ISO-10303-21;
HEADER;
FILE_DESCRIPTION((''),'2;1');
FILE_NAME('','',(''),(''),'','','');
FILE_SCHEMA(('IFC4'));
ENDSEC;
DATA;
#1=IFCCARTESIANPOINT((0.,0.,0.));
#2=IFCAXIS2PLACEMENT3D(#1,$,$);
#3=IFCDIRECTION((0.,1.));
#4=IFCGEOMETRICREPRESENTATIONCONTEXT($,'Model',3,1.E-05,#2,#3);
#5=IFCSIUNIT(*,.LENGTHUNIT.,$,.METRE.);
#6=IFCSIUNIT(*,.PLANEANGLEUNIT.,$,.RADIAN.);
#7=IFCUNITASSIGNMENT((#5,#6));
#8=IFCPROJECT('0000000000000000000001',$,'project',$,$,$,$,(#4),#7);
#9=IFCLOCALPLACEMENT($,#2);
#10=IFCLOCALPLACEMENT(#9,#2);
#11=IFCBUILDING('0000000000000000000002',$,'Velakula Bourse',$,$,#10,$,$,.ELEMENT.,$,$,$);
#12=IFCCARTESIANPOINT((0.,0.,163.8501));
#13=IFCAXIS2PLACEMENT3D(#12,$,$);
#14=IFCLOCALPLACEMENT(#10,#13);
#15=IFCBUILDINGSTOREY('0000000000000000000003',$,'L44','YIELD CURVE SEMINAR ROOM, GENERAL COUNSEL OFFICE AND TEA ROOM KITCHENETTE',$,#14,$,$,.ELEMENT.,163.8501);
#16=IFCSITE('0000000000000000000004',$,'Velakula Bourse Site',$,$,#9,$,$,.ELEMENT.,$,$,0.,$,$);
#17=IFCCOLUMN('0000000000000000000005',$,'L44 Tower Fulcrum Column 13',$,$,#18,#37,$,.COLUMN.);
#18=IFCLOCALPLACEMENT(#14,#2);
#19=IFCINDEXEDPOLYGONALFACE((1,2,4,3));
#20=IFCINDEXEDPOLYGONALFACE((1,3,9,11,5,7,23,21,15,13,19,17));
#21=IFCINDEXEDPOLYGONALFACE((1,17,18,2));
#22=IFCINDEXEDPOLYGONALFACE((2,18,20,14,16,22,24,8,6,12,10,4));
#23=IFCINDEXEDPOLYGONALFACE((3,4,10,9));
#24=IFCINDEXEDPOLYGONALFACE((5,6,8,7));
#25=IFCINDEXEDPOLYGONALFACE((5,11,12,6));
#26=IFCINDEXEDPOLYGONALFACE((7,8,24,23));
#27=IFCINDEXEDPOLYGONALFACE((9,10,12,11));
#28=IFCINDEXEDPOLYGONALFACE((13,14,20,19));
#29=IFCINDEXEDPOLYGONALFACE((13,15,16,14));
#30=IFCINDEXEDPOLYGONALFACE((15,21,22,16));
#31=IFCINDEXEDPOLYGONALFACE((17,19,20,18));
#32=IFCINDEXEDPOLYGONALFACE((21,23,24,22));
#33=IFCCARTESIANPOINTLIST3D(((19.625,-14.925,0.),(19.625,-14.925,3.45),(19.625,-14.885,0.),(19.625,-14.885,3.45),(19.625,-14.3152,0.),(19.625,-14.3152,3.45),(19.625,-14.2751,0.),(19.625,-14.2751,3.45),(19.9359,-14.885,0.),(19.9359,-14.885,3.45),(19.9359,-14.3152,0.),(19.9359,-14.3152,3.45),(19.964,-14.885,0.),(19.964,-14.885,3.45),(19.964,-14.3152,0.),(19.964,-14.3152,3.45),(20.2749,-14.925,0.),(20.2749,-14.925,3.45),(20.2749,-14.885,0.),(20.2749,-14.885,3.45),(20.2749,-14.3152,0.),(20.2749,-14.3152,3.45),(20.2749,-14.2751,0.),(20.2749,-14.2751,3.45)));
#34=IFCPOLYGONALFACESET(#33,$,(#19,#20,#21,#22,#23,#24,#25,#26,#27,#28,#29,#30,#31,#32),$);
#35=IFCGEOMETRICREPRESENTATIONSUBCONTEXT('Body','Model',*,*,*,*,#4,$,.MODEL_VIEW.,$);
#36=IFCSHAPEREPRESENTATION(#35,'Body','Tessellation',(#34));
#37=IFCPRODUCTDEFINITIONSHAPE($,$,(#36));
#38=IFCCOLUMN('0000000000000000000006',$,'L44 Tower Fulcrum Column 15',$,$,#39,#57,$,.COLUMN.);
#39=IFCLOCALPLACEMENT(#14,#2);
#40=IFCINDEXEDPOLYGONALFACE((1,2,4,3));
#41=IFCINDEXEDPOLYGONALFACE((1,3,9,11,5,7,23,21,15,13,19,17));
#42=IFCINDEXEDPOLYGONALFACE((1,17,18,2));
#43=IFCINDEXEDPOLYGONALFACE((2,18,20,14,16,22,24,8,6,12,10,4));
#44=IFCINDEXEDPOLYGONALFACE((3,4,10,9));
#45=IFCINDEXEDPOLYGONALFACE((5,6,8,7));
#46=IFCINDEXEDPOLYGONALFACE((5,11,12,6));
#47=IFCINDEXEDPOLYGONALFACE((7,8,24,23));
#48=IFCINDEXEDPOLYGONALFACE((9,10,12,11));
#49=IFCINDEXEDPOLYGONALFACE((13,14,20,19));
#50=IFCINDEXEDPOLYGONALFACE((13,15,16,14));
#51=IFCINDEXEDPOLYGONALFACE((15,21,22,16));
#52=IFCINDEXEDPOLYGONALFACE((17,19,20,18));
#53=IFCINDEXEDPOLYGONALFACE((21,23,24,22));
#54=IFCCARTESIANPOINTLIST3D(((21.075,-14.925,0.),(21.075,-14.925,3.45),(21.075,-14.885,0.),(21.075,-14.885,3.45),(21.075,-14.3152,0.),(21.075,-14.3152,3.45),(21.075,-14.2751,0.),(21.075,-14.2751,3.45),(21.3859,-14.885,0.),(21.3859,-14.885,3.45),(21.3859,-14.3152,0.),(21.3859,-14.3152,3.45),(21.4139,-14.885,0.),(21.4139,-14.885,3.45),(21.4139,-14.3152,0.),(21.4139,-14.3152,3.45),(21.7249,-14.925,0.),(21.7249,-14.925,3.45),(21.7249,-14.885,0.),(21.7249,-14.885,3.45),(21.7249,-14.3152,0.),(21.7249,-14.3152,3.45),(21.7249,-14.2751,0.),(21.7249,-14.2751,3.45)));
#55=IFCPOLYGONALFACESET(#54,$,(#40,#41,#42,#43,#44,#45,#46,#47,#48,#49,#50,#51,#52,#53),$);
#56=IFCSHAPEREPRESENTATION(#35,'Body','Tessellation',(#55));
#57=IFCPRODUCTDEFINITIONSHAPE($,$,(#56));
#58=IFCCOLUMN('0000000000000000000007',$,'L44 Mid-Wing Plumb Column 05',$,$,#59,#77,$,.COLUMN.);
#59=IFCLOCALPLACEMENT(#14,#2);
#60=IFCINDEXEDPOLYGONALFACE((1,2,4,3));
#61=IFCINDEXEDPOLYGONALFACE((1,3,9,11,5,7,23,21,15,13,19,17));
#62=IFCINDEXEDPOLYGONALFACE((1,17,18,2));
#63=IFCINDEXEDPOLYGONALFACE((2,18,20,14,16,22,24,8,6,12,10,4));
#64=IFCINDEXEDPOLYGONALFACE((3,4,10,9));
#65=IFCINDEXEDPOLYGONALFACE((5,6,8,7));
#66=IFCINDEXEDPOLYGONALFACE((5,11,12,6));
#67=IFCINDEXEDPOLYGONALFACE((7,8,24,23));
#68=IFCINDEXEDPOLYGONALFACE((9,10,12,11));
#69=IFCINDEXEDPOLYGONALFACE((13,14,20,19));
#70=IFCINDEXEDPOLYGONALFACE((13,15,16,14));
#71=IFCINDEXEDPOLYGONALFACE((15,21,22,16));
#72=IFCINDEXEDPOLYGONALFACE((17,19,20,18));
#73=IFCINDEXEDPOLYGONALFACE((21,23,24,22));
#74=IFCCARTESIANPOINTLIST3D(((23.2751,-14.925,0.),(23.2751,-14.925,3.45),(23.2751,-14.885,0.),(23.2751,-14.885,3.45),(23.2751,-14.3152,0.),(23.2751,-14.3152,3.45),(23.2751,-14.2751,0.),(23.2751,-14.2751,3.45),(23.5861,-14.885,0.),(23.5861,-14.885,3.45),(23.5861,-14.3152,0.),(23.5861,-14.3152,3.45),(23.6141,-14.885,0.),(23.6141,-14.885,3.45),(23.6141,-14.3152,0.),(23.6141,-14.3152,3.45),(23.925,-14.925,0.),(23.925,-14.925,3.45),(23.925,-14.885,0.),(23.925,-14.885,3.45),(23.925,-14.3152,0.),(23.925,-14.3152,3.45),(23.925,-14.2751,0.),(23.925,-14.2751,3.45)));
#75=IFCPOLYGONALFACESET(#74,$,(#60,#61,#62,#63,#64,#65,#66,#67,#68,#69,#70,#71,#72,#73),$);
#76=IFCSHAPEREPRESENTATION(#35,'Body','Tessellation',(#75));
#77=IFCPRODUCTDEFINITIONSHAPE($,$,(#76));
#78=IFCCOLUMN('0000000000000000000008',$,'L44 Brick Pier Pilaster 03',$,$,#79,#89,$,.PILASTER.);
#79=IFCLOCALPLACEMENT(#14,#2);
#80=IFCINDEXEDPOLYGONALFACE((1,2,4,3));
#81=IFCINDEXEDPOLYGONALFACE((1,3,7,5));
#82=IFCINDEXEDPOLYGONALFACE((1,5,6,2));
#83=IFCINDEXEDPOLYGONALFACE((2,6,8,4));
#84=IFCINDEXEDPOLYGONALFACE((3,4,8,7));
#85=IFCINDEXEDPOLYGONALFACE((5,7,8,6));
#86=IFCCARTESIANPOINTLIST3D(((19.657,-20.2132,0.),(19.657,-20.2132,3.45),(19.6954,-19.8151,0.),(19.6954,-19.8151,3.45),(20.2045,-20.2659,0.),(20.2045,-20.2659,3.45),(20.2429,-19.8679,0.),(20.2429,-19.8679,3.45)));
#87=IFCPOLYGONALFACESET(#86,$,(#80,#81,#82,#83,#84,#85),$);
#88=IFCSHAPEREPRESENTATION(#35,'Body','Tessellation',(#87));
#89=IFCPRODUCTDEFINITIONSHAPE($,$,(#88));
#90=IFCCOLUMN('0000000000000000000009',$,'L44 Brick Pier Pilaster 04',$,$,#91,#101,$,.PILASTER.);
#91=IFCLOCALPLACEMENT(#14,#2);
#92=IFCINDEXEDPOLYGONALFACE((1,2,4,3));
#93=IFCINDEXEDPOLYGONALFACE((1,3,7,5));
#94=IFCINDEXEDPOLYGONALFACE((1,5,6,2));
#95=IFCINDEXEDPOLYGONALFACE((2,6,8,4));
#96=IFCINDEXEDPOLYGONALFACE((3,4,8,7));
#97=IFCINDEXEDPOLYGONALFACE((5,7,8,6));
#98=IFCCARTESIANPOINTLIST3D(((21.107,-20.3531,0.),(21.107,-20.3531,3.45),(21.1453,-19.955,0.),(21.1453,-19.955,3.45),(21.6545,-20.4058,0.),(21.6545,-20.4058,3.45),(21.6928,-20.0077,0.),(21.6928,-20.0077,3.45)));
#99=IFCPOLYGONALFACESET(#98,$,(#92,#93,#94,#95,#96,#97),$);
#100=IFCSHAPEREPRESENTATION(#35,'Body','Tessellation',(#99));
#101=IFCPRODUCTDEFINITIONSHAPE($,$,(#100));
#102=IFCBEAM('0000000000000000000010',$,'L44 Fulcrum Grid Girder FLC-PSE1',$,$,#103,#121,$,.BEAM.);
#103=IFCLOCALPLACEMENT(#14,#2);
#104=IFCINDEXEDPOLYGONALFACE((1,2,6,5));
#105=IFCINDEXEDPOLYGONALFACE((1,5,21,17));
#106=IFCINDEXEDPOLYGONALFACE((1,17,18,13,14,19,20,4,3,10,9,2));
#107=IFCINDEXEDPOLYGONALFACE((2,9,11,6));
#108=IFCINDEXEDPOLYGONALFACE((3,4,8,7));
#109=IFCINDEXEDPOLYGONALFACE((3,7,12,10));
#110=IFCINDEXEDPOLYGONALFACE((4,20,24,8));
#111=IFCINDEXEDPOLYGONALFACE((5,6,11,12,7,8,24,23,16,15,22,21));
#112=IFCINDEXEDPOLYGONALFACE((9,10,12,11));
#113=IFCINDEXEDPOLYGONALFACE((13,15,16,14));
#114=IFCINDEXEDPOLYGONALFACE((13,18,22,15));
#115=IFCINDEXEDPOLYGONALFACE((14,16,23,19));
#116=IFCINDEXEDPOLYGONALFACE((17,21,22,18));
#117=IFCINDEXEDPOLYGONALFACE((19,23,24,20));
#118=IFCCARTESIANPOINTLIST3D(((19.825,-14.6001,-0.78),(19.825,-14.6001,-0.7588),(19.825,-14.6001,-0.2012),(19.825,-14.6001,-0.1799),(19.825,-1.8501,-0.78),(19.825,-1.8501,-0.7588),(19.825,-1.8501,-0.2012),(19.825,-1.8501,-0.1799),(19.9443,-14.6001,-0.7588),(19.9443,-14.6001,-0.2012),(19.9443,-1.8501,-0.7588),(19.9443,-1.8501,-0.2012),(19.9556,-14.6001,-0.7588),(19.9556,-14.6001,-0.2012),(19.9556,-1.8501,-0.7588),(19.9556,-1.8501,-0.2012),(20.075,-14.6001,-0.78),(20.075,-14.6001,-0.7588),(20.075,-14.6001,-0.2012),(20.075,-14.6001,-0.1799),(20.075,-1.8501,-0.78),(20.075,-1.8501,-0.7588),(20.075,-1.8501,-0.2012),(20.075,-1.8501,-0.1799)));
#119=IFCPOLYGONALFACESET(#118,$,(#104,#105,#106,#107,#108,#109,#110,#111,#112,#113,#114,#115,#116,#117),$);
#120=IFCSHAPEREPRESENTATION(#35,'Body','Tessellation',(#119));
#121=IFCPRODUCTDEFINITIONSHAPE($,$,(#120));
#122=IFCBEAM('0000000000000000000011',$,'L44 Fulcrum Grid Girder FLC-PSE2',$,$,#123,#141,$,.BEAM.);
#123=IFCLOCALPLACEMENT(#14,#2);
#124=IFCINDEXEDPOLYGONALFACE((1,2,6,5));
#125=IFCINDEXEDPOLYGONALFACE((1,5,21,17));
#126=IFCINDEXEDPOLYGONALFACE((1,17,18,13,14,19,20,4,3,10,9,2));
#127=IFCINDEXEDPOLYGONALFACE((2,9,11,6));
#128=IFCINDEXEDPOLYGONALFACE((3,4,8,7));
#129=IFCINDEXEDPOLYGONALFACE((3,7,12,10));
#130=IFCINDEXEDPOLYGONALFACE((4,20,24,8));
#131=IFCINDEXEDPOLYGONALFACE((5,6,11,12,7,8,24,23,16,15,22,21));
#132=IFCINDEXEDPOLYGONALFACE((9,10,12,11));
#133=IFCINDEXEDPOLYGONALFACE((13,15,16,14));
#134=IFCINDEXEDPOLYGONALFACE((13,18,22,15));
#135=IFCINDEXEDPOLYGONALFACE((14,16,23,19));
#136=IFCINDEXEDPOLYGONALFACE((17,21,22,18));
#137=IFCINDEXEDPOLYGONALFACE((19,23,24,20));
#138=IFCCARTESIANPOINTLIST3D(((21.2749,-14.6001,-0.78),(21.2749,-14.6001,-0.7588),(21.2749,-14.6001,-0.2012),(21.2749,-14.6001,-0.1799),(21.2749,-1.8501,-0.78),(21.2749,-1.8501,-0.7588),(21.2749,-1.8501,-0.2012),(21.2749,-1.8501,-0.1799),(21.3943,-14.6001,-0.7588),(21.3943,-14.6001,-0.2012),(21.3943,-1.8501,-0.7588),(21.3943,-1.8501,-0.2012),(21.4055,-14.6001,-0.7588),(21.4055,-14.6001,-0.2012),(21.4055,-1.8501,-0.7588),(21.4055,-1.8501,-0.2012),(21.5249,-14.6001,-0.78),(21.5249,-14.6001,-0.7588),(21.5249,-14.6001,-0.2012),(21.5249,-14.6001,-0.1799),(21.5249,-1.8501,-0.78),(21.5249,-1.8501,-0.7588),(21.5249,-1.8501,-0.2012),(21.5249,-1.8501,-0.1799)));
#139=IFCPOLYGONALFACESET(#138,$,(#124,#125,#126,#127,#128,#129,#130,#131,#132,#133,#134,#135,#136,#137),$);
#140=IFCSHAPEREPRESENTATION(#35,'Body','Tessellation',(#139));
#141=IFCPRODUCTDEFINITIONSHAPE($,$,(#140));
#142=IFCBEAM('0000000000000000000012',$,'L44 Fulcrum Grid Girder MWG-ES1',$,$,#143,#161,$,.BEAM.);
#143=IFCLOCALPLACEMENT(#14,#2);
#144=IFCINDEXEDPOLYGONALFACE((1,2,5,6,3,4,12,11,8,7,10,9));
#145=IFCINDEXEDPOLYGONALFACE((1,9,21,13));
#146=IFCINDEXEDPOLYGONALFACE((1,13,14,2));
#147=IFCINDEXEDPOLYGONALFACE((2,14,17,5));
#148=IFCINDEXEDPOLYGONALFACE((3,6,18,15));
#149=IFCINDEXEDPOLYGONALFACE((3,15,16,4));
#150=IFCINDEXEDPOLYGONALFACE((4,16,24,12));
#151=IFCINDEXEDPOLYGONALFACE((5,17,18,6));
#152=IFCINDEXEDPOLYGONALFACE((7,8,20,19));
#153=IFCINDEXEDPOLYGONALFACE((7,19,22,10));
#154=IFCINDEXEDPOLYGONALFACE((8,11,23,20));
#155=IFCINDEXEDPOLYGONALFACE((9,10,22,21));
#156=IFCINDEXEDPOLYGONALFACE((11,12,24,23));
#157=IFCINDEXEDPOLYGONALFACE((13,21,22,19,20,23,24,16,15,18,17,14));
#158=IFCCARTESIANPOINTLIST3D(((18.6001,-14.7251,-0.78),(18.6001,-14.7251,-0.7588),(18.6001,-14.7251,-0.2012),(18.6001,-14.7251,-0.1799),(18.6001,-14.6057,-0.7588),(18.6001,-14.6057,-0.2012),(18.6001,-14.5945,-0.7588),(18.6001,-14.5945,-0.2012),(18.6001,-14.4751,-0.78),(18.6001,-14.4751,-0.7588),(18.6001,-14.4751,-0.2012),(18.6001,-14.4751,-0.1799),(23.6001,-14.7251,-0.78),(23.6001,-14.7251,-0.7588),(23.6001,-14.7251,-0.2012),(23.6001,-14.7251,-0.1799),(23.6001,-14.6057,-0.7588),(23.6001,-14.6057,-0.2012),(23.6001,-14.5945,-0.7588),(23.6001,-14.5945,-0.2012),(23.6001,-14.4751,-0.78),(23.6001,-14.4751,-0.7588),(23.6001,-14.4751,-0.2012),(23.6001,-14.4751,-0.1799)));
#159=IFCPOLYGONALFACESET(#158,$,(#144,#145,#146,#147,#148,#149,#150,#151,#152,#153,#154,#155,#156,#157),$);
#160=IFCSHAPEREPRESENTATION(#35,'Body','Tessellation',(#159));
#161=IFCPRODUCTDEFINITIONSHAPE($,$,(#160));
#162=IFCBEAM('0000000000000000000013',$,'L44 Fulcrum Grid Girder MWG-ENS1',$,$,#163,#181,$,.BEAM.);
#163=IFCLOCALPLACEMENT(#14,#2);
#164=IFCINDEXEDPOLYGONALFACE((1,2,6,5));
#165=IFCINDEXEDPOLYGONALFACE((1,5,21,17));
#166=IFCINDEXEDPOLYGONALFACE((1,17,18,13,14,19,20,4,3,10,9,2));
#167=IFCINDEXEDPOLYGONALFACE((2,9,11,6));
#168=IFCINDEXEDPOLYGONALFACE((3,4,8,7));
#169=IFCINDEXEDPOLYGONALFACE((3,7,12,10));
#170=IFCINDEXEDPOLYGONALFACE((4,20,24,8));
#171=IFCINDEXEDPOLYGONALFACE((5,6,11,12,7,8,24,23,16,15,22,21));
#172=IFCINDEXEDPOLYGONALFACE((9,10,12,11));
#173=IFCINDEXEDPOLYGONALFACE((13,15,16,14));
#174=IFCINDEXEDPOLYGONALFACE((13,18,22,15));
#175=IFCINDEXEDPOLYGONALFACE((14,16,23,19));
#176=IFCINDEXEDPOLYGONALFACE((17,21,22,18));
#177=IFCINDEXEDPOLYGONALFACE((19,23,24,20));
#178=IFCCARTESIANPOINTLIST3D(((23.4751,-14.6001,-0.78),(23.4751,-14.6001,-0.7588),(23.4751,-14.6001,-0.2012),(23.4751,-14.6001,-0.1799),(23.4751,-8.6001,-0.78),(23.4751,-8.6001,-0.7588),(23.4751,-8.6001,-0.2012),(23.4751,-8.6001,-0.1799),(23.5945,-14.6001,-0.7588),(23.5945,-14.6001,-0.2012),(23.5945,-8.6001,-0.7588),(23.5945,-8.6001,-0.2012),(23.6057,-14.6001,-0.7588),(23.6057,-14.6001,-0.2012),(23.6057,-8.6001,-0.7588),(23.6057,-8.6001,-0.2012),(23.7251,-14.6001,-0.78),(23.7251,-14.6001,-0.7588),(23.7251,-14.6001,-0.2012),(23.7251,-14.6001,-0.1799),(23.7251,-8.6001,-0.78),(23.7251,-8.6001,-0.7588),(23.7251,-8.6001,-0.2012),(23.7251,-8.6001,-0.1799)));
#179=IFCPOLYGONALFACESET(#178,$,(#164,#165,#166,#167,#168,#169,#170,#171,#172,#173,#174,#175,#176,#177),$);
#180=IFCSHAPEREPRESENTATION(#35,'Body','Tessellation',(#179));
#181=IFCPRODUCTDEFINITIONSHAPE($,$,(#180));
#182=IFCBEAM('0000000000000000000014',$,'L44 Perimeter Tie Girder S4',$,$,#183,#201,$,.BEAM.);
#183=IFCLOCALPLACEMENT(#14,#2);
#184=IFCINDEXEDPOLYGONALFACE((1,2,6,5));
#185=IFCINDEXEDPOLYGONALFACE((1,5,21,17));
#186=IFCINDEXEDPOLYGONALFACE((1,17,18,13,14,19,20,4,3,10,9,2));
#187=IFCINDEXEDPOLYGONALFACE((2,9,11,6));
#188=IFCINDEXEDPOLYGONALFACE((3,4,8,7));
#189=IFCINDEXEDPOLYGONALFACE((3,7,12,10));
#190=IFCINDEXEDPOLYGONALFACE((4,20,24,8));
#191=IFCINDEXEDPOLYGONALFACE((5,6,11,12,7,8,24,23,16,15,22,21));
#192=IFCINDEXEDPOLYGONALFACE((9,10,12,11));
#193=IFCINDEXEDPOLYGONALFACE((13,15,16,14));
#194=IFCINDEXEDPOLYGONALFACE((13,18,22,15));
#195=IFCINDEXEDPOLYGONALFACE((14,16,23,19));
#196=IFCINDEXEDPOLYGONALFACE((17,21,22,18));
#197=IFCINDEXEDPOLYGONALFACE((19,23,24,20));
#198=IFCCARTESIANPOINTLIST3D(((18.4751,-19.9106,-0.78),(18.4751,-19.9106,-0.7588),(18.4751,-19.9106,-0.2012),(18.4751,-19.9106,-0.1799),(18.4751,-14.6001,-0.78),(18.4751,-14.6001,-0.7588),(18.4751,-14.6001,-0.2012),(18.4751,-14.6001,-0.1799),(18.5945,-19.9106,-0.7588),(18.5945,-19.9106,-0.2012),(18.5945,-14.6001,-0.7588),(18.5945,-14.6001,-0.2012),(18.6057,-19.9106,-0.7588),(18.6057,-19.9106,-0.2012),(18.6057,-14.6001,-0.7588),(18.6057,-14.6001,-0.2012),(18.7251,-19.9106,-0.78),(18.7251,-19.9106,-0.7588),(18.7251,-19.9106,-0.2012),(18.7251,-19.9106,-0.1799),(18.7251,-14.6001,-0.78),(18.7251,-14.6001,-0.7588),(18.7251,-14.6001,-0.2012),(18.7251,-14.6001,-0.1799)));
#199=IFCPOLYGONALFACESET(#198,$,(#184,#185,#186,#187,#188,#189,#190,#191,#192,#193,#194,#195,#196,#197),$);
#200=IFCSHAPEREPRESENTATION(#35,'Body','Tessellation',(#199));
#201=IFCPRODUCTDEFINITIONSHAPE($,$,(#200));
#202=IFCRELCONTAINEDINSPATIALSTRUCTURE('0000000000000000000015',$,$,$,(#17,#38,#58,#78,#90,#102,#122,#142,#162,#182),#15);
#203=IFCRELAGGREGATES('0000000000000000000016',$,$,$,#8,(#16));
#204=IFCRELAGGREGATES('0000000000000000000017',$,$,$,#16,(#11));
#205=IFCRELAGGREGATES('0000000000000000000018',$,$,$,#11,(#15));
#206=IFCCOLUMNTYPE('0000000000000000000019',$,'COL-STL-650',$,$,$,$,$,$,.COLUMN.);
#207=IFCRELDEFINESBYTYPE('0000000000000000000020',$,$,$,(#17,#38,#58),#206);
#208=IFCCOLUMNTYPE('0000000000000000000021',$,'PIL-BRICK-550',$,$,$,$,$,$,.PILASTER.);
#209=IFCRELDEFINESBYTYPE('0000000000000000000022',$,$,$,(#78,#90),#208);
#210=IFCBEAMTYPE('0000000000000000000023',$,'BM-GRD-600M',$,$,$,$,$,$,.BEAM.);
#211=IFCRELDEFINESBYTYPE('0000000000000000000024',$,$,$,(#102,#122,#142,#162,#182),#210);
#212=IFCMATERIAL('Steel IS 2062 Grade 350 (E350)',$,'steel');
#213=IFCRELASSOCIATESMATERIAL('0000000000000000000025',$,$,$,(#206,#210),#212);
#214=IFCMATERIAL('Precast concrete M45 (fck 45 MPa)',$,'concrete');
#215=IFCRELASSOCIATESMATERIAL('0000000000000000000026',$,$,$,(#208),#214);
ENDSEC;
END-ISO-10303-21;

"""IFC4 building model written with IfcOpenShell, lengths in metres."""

from ifc_helpers import new_model, si_unit, direction, frame, origin, origin_2d, place, context, subcontext, project, spatial, rectangle, i_section, extrude, material, material_profile, profile_set, type_object, element, save


model = new_model("IFC4")

# Units and contexts
model_context = context("Model", 3, precision=1e-05, world=origin(), true_north=direction((0.0, 1.0)))
body_context = subcontext(model_context, "Body", "Model", "MODEL_VIEW")
ifc_project = project(units=[si_unit("LENGTHUNIT", "METRE"), si_unit("PLANEANGLEUNIT", "RADIAN")], contexts=[model_context])

# Site, building, storey
site_placement = place(None, origin())
site = spatial("IfcSite", under=ifc_project, at=site_placement, Name="Velakula Bourse Site", CompositionType="ELEMENT", RefElevation=0.0)
building_placement = place(site_placement, origin())
building = spatial("IfcBuilding", under=site, at=building_placement, Name="Velakula Bourse", CompositionType="ELEMENT")
storey_placement = place(building_placement, frame((0.0, 0.0, 163.8501)))
storey = spatial("IfcBuildingStorey", under=building, at=storey_placement, Name="L44", Description="YIELD CURVE SEMINAR ROOM, GENERAL COUNSEL OFFICE AND TEA ROOM KITCHENETTE", CompositionType="ELEMENT", Elevation=163.8501)

# Columns
ifc_material_1 = material(Name="Steel IS 2062 Grade 350 (E350)", Category="steel")
ifc_material_profile_1 = material_profile(ifc_material_1, i_section(OverallWidth=0.6499, OverallDepth=0.6499, WebThickness=0.0281, FlangeThickness=0.04, at=origin_2d()), Name="Steel IS 2062 Grade 350 (E350)")
ifc_profile_set_1 = profile_set([ifc_material_profile_1], Name="Steel IS 2062 Grade 350 (E350)")
column_type_1 = type_object("IfcColumnType", Name="COL-STL-650", PredefinedType="COLUMN", material=ifc_profile_set_1)
for number, where, z_axis, x_axis, name in (
    (1, (19.95, -14.6001, 0.0), (0.0, 0.0, 1.0), (1.0, 0.0, 0.0), "L44 Tower Fulcrum Column 13"),
    (2, (21.3999, -14.6001, 0.0), (0.0, 0.0, 1.0), (1.0, 0.0, 0.0), "L44 Tower Fulcrum Column 15"),
    (3, (23.6001, -14.6001, 0.0), (0.0, 0.0, 1.0), (1.0, 0.0, 0.0), "L44 Mid-Wing Plumb Column 05"),
):
    element("IfcColumn", number, at=place(storey_placement, frame(where, z_axis=z_axis, x_axis=x_axis)), inside=storey, type_object=column_type_1, Name=name, PredefinedType="COLUMN", context=body_context, shape_type="SweptSolid", body=[
        extrude(i_section(OverallWidth=0.6499, OverallDepth=0.6499, WebThickness=0.0281, FlangeThickness=0.04, at=origin_2d()), origin(), (0.0, 0.0, 1.0), 3.45),
    ])
ifc_material_2 = material(Name="Precast concrete M45 (fck 45 MPa)", Category="concrete")
ifc_material_profile_2 = material_profile(ifc_material_2, rectangle(XDim=0.55, YDim=0.3999, at=origin_2d()), Name="Precast concrete M45 (fck 45 MPa)")
ifc_profile_set_2 = profile_set([ifc_material_profile_2], Name="Precast concrete M45 (fck 45 MPa)")
column_type_2 = type_object("IfcColumnType", Name="PIL-BRICK-550", PredefinedType="PILASTER", material=ifc_profile_set_2)
for number, where, z_axis, x_axis, name in (
    (4, (19.95, -20.0405, 0.0), (0.0, 0.0, 1.0), (0.995396, -0.095846, 0.0), "L44 Brick Pier Pilaster 03"),
    (5, (21.3999, -20.1804, 0.0), (0.0, 0.0, 1.0), (0.995396, -0.095846, 0.0), "L44 Brick Pier Pilaster 04"),
):
    element("IfcColumn", number, at=place(storey_placement, frame(where, z_axis=z_axis, x_axis=x_axis)), inside=storey, type_object=column_type_2, Name=name, PredefinedType="PILASTER", context=body_context, shape_type="SweptSolid", body=[
        extrude(rectangle(XDim=0.55, YDim=0.3999, at=origin_2d()), origin(), (0.0, 0.0, 1.0), 3.45),
    ])

# Beams
ifc_material_profile_3 = material_profile(ifc_material_1, i_section(OverallWidth=0.25, OverallDepth=0.6001, WebThickness=0.0112, FlangeThickness=0.0212, at=origin_2d()), Name="Steel IS 2062 Grade 350 (E350)")
ifc_profile_set_3 = profile_set([ifc_material_profile_3], Name="Steel IS 2062 Grade 350 (E350)")
beam_type_1 = type_object("IfcBeamType", Name="BM-GRD-600M", PredefinedType="BEAM", material=ifc_profile_set_3)
for number, where, z_axis, x_axis, name in (
    (6, (19.95, -14.6001, -0.48), (0.0, 1.0, 0.0), (-1.0, 0.0, 0.0), "L44 Fulcrum Grid Girder FLC-PSE1"),
    (7, (21.3999, -14.6001, -0.48), (0.0, 1.0, 0.0), (-1.0, 0.0, 0.0), "L44 Fulcrum Grid Girder FLC-PSE2"),
):
    element("IfcBeam", number, at=place(storey_placement, frame(where, z_axis=z_axis, x_axis=x_axis)), inside=storey, type_object=beam_type_1, Name=name, PredefinedType="BEAM", context=body_context, shape_type="SweptSolid", body=[
        extrude(i_section(OverallWidth=0.25, OverallDepth=0.6001, WebThickness=0.0112, FlangeThickness=0.0212, at=origin_2d()), origin(), (0.0, 0.0, 1.0), 12.75),
    ])
beam_1_placement = place(storey_placement, frame((18.6001, -14.6001, -0.48), z_axis=(1.0, 0.0, 0.0), x_axis=(0.0, 1.0, 0.0)))
element("IfcBeam", 8, at=beam_1_placement, inside=storey, type_object=beam_type_1, Name="L44 Fulcrum Grid Girder MWG-ES1", PredefinedType="BEAM", context=body_context, shape_type="SweptSolid", body=[
    extrude(i_section(OverallWidth=0.25, OverallDepth=0.6001, WebThickness=0.0112, FlangeThickness=0.0212, at=origin_2d()), origin(), (0.0, 0.0, 1.0), 5.0),
])
beam_2_placement = place(storey_placement, frame((23.6001, -14.6001, -0.48), z_axis=(0.0, 1.0, 0.0), x_axis=(-1.0, 0.0, 0.0)))
element("IfcBeam", 9, at=beam_2_placement, inside=storey, type_object=beam_type_1, Name="L44 Fulcrum Grid Girder MWG-ENS1", PredefinedType="BEAM", context=body_context, shape_type="SweptSolid", body=[
    extrude(i_section(OverallWidth=0.25, OverallDepth=0.6001, WebThickness=0.0112, FlangeThickness=0.0212, at=origin_2d()), origin(), (0.0, 0.0, 1.0), 6.0),
])
beam_3_placement = place(storey_placement, frame((18.6001, -14.6001, -0.48), z_axis=(0.0, -1.0, 0.0), x_axis=(1.0, 0.0, 0.0)))
element("IfcBeam", 10, at=beam_3_placement, inside=storey, type_object=beam_type_1, Name="L44 Perimeter Tie Girder S4", PredefinedType="BEAM", context=body_context, shape_type="SweptSolid", body=[
    extrude(i_section(OverallWidth=0.25, OverallDepth=0.6001, WebThickness=0.0112, FlangeThickness=0.0212, at=origin_2d()), origin(), (0.0, 0.0, 1.0), 5.3105),
])

save(model, "model.ifc")
